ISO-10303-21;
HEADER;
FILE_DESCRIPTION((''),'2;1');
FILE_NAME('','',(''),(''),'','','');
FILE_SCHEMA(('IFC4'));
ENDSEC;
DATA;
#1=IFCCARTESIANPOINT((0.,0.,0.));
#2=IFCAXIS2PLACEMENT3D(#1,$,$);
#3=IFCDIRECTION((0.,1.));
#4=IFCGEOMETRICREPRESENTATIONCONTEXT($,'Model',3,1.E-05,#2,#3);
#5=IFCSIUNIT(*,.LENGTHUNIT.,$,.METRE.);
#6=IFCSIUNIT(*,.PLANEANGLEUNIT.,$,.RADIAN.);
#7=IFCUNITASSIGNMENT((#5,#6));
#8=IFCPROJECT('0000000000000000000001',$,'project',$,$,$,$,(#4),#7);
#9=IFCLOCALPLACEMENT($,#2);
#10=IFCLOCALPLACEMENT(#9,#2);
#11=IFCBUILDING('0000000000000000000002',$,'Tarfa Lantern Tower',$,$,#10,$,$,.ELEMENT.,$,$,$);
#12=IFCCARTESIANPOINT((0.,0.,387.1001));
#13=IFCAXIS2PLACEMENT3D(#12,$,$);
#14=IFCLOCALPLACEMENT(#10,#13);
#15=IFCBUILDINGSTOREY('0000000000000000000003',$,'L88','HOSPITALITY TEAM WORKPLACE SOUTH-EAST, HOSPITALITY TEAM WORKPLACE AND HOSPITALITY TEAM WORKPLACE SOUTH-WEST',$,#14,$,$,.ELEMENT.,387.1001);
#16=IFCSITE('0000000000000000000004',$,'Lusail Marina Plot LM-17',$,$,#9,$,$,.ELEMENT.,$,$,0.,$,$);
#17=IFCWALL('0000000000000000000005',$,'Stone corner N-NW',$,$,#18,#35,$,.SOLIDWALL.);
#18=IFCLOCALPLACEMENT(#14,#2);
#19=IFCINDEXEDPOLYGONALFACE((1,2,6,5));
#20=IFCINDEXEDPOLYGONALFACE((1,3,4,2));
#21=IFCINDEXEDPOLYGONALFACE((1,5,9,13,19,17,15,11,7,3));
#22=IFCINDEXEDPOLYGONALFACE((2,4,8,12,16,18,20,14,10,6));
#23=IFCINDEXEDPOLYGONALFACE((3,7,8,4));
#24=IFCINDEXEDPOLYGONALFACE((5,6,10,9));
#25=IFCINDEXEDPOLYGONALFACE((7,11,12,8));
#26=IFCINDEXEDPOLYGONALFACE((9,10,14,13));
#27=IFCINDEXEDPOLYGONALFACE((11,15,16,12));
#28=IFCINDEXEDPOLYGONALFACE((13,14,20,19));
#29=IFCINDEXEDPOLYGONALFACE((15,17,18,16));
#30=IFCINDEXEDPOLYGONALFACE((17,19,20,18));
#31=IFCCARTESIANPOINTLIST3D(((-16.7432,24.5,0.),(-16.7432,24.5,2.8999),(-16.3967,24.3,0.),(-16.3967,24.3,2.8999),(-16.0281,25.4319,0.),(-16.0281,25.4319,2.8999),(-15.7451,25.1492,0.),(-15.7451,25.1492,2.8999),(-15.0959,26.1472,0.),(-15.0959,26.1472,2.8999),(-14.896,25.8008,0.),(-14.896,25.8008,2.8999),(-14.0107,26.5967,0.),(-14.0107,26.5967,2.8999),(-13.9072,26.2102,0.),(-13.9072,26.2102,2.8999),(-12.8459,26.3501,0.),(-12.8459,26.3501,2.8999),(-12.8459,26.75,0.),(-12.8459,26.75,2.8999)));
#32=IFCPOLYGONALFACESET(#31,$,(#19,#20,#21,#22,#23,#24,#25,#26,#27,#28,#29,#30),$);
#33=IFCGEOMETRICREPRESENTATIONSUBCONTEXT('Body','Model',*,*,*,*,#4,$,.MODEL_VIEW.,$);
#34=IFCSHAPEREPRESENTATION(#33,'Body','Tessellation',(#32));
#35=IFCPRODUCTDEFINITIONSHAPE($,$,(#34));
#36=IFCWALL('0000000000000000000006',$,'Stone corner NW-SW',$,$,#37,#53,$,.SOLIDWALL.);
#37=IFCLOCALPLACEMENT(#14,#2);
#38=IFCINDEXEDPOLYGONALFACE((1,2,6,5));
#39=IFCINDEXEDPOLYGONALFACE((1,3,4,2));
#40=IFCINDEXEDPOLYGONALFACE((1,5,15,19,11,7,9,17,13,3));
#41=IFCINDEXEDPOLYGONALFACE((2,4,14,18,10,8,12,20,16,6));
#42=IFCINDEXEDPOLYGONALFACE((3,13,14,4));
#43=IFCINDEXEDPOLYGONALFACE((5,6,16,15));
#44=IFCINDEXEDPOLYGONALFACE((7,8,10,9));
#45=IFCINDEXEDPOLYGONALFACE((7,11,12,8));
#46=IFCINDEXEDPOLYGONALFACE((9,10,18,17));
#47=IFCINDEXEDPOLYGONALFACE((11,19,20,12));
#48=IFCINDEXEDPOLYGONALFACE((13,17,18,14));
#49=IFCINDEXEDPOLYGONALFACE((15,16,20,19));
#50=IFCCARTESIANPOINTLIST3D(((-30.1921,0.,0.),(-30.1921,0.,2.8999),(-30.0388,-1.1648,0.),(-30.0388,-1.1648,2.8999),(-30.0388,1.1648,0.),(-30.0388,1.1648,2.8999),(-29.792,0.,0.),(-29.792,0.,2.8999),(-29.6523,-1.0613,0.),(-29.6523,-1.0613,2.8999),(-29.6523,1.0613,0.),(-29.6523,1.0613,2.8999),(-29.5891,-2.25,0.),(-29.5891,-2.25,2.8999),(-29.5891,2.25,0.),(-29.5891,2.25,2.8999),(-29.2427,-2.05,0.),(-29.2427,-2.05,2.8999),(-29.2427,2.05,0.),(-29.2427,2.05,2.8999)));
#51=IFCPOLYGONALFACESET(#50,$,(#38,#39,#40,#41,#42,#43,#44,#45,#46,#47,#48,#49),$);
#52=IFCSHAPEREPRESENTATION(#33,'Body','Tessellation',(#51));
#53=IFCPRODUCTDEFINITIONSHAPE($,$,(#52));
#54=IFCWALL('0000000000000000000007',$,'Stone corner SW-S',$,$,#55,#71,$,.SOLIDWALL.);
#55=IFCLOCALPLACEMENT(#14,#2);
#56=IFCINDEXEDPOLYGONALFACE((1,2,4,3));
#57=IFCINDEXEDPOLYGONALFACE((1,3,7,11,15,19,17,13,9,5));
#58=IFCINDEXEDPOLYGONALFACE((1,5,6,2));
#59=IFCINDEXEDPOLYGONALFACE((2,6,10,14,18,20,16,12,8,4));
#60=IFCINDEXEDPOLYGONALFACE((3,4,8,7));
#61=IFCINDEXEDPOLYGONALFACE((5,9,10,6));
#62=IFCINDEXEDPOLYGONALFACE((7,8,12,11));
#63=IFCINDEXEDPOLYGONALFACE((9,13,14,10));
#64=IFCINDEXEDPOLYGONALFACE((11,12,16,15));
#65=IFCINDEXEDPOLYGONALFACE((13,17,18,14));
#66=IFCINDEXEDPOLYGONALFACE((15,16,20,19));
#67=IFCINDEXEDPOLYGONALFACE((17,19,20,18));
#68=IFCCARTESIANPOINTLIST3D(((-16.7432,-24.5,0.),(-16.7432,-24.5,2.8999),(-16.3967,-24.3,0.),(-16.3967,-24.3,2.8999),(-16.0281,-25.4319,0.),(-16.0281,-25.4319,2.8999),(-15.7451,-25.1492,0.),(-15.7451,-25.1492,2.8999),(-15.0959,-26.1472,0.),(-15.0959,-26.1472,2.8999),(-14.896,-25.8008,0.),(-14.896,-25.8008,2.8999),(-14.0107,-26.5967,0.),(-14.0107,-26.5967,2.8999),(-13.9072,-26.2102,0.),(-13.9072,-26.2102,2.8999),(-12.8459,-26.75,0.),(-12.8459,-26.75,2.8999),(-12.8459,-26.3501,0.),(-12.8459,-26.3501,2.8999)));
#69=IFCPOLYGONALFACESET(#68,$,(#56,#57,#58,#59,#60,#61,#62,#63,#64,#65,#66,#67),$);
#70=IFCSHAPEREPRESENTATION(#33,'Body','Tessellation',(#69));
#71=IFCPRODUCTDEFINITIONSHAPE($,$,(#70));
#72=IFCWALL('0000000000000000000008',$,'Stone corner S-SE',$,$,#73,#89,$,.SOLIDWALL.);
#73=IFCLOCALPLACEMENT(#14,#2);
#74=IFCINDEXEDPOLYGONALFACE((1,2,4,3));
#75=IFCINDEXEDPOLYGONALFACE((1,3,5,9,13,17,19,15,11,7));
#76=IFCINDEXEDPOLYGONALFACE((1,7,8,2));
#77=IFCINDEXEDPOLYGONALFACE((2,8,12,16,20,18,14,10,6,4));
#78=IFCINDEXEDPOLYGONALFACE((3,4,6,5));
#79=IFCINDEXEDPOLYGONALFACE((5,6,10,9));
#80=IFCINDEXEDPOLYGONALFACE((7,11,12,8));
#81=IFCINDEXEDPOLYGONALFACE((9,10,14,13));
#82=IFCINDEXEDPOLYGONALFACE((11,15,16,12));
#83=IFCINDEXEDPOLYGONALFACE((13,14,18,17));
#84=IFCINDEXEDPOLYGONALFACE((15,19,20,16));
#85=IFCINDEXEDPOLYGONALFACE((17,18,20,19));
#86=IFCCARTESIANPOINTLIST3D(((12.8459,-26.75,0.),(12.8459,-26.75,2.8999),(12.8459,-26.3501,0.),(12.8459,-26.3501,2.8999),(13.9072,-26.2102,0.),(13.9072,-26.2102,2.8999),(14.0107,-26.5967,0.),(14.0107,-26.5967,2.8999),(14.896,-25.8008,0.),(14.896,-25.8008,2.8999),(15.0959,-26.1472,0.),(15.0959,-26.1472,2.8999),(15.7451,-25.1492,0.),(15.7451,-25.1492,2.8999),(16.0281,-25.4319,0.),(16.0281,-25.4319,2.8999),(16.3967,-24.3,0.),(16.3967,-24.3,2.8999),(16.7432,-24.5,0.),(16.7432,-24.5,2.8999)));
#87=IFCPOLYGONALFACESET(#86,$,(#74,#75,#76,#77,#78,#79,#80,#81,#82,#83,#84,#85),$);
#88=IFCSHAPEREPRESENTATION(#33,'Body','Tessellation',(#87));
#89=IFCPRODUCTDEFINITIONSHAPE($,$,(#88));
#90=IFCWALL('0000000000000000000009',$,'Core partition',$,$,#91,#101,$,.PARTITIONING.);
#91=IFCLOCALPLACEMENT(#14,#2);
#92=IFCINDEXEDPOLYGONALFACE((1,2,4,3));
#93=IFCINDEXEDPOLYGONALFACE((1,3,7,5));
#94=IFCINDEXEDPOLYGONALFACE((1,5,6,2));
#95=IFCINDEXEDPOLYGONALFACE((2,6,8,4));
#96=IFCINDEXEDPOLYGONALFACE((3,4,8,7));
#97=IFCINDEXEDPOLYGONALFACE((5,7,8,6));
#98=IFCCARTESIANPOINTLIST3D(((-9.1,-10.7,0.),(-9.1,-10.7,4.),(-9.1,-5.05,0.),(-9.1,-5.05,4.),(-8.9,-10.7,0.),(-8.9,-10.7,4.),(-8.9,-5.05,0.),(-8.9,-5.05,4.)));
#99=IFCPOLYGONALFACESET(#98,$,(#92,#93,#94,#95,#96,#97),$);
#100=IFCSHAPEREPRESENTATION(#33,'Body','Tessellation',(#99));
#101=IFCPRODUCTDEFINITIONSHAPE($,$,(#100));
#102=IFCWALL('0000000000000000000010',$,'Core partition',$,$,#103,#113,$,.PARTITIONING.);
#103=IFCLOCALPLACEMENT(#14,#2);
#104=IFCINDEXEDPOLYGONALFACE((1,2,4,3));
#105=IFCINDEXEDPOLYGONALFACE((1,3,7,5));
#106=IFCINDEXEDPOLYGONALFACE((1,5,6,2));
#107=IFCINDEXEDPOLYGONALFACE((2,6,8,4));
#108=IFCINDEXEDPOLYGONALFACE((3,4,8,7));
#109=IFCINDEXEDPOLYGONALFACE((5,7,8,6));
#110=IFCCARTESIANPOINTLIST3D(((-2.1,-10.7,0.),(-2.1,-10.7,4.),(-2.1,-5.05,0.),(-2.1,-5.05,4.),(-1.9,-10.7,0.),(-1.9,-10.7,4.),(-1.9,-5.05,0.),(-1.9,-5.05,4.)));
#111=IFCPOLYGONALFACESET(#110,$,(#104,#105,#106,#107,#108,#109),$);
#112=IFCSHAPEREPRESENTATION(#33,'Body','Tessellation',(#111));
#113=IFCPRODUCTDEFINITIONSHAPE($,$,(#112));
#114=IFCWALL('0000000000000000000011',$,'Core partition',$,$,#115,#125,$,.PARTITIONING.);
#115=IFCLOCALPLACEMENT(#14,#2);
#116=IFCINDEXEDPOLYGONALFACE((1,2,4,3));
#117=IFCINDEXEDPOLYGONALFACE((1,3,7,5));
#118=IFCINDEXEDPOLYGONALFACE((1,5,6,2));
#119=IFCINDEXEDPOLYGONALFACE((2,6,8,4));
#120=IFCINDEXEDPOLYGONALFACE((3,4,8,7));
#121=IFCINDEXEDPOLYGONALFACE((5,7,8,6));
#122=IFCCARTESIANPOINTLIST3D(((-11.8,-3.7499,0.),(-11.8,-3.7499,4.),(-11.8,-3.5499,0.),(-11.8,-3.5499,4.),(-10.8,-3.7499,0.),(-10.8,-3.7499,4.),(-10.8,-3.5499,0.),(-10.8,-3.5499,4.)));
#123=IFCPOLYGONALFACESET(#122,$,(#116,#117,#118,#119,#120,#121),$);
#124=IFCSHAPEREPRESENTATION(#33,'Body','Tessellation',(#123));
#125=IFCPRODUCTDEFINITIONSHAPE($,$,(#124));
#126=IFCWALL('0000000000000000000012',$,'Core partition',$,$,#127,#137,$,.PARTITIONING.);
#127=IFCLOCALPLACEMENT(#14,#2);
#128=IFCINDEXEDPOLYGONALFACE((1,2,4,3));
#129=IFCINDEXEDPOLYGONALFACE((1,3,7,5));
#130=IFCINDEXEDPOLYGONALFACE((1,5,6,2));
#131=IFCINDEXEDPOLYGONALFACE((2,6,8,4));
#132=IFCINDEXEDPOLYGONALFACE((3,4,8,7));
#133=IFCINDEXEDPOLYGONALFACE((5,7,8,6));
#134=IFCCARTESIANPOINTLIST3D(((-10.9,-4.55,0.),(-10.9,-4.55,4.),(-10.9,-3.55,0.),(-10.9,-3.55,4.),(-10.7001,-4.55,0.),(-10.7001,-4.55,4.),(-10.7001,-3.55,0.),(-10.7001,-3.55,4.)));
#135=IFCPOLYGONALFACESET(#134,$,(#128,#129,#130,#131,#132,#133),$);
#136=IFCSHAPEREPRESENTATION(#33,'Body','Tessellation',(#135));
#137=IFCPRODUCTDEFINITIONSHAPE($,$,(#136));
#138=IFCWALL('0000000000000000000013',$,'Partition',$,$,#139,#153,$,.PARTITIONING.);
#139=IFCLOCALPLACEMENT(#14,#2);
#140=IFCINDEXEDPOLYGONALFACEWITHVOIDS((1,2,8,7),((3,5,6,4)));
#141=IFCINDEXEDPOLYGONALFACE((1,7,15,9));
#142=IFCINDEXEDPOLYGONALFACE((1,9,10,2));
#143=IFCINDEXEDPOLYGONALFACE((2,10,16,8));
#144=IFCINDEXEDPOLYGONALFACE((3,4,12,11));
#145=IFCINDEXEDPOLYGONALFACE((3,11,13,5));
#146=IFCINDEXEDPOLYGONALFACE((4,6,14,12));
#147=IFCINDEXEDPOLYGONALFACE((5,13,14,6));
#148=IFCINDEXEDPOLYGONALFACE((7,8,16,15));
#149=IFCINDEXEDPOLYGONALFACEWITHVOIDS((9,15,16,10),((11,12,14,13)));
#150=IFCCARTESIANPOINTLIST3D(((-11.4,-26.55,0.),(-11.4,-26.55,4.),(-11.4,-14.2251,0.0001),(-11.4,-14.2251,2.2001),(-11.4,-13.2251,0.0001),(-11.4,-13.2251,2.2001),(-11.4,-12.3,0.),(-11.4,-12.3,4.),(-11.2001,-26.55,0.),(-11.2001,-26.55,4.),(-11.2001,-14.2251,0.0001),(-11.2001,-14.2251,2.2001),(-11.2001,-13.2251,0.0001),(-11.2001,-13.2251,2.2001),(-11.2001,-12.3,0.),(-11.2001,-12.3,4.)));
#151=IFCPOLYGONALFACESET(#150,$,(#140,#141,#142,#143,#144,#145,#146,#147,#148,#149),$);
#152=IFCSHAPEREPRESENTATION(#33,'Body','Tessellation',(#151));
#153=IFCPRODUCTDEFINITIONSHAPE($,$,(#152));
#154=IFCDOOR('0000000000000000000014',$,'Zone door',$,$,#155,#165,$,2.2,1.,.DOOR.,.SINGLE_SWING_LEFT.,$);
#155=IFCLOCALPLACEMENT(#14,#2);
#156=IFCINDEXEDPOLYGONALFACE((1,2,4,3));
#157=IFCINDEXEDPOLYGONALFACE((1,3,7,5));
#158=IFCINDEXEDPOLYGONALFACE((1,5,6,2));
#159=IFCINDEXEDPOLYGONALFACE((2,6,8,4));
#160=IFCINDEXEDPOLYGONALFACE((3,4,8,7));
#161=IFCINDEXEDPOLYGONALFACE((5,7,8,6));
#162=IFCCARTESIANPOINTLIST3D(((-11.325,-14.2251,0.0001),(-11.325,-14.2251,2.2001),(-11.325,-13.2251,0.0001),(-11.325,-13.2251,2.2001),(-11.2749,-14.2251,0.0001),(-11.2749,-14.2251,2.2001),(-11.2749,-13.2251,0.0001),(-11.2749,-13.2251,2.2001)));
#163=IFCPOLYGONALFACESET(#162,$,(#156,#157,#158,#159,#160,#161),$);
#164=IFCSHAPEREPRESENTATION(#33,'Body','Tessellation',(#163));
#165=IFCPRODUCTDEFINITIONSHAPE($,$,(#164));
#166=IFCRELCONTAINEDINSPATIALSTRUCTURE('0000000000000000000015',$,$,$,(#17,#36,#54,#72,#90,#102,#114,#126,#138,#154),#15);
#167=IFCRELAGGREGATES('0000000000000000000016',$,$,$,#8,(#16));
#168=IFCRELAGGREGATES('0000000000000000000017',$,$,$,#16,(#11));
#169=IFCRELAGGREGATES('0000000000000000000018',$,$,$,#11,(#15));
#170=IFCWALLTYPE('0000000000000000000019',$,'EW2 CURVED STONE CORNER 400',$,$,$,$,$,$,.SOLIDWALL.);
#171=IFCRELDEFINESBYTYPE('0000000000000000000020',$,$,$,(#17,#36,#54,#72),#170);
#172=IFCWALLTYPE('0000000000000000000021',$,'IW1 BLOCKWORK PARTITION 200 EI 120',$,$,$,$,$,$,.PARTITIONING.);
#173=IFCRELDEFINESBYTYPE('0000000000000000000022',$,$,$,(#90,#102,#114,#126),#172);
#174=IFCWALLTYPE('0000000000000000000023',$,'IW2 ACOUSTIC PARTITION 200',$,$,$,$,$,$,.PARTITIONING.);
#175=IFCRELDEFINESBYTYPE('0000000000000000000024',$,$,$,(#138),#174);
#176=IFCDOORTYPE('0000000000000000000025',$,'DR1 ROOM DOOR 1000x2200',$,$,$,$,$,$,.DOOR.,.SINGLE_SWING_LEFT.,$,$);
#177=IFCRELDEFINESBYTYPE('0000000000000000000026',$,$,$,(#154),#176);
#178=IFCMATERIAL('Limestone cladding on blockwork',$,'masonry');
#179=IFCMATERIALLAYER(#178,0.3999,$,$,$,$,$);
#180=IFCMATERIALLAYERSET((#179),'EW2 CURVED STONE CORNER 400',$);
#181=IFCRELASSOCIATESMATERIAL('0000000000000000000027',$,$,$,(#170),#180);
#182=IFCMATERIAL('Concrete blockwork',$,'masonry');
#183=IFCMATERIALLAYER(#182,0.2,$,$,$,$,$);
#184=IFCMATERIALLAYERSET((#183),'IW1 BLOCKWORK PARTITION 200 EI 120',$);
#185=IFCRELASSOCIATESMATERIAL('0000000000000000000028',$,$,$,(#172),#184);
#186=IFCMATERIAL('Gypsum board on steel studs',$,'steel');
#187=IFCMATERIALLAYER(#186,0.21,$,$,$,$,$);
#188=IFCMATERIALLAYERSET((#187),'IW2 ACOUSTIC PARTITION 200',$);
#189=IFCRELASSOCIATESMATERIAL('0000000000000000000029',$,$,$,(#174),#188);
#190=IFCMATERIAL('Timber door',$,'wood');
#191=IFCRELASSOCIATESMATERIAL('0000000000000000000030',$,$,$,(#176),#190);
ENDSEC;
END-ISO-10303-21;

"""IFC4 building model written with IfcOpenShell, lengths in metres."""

from ifc_helpers import new_model, si_unit, direction, frame, frame_2d, origin, place, context, subcontext, project, spatial, polyline, rectangle, outline, extrude, material, layer, layer_set, type_object, element, fill, save


model = new_model("IFC4")

# Units and contexts
model_context = context("Model", 3, precision=1e-05, world=origin(), true_north=direction((0.0, 1.0)))
body_context = subcontext(model_context, "Body", "Model", "MODEL_VIEW")
ifc_project = project(units=[si_unit("LENGTHUNIT", "METRE"), si_unit("PLANEANGLEUNIT", "RADIAN")], contexts=[model_context])

# Site, building, storey
site_placement = place(None, origin())
site = spatial("IfcSite", under=ifc_project, at=site_placement, Name="Lusail Marina Plot LM-17", CompositionType="ELEMENT", RefElevation=0.0)
building_placement = place(site_placement, origin())
building = spatial("IfcBuilding", under=site, at=building_placement, Name="Tarfa Lantern Tower", CompositionType="ELEMENT")
storey_placement = place(building_placement, frame((0.0, 0.0, 387.1001)))
storey = spatial("IfcBuildingStorey", under=building, at=storey_placement, Name="L88", Description="HOSPITALITY TEAM WORKPLACE SOUTH-EAST, HOSPITALITY TEAM WORKPLACE AND HOSPITALITY TEAM WORKPLACE SOUTH-WEST", CompositionType="ELEMENT", Elevation=387.1001)

# Walls
ifc_material_1 = material(Name="Limestone cladding on blockwork", Category="masonry")
ifc_layer_1 = layer(ifc_material_1, 0.3999)
ifc_layer_set_1 = layer_set([ifc_layer_1], Name="EW2 CURVED STONE CORNER 400")
wall_type_1 = type_object("IfcWallType", Name="EW2 CURVED STONE CORNER 400", PredefinedType="SOLIDWALL", material=ifc_layer_set_1)
wall_1_placement = place(storey_placement, origin())
element("IfcWall", 1, at=wall_1_placement, inside=storey, type_object=wall_type_1, Name="Stone corner N-NW", PredefinedType="SOLIDWALL", context=body_context, shape_type="SweptSolid", body=[
    extrude(outline(polyline([(-12.8459, 26.75), (-14.0107, 26.5967), (-15.0959, 26.1472), (-16.0281, 25.4319), (-16.7432, 24.5), (-16.3967, 24.3), (-15.7451, 25.1492), (-14.896, 25.8008), (-13.9072, 26.2102), (-12.8459, 26.3501), (-12.8459, 26.75)])), origin(), (0.0, 0.0, 1.0), 2.8999),
])
wall_2_placement = place(storey_placement, origin())
element("IfcWall", 2, at=wall_2_placement, inside=storey, type_object=wall_type_1, Name="Stone corner NW-SW", PredefinedType="SOLIDWALL", context=body_context, shape_type="SweptSolid", body=[
    extrude(outline(polyline([(-29.5891, 2.25), (-30.0388, 1.1648), (-30.1921, 0.0), (-30.0388, -1.1648), (-29.5891, -2.25), (-29.2427, -2.05), (-29.6523, -1.0613), (-29.792, 0.0), (-29.6523, 1.0613), (-29.2427, 2.05), (-29.5891, 2.25)])), origin(), (0.0, 0.0, 1.0), 2.8999),
])
wall_3_placement = place(storey_placement, origin())
element("IfcWall", 3, at=wall_3_placement, inside=storey, type_object=wall_type_1, Name="Stone corner SW-S", PredefinedType="SOLIDWALL", context=body_context, shape_type="SweptSolid", body=[
    extrude(outline(polyline([(-16.7432, -24.5), (-16.0281, -25.4319), (-15.0959, -26.1472), (-14.0107, -26.5967), (-12.8459, -26.75), (-12.8459, -26.3501), (-13.9072, -26.2102), (-14.896, -25.8008), (-15.7451, -25.1492), (-16.3967, -24.3), (-16.7432, -24.5)])), origin(), (0.0, 0.0, 1.0), 2.8999),
])
wall_4_placement = place(storey_placement, origin())
element("IfcWall", 4, at=wall_4_placement, inside=storey, type_object=wall_type_1, Name="Stone corner S-SE", PredefinedType="SOLIDWALL", context=body_context, shape_type="SweptSolid", body=[
    extrude(outline(polyline([(12.8459, -26.75), (14.0107, -26.5967), (15.0959, -26.1472), (16.0281, -25.4319), (16.7432, -24.5), (16.3967, -24.3), (15.7451, -25.1492), (14.896, -25.8008), (13.9072, -26.2102), (12.8459, -26.3501), (12.8459, -26.75)])), origin(), (0.0, 0.0, 1.0), 2.8999),
])
ifc_material_2 = material(Name="Concrete blockwork", Category="masonry")
ifc_layer_2 = layer(ifc_material_2, 0.2)
ifc_layer_set_2 = layer_set([ifc_layer_2], Name="IW1 BLOCKWORK PARTITION 200 EI 120")
wall_type_2 = type_object("IfcWallType", Name="IW1 BLOCKWORK PARTITION 200 EI 120", PredefinedType="PARTITIONING", material=ifc_layer_set_2)
for number, where, z_axis, x_axis, name in (
    (5, (-9.0, -5.05, 0.0), (0.0, 0.0, 1.0), (0.0, -1.0, 0.0), "Core partition"),
    (6, (-2.0, -5.05, 0.0), (0.0, 0.0, 1.0), (0.0, -1.0, 0.0), "Core partition"),
):
    element("IfcWall", number, at=place(storey_placement, frame(where, z_axis=z_axis, x_axis=x_axis)), inside=storey, type_object=wall_type_2, Name=name, PredefinedType="PARTITIONING", context=body_context, shape_type="SweptSolid", body=[
        extrude(rectangle(XDim=5.6499, YDim=0.2, at=frame_2d((2.825, 0.0))), origin(), (0.0, 0.0, 1.0), 4.0),
    ])
for number, where, z_axis, x_axis, name in (
    (7, (-10.8, -3.6499, 0.0), (0.0, 0.0, 1.0), (-1.0, 0.0, 0.0), "Core partition"),
    (8, (-10.8, -3.55, 0.0), (0.0, 0.0, 1.0), (0.0, -1.0, 0.0), "Core partition"),
):
    element("IfcWall", number, at=place(storey_placement, frame(where, z_axis=z_axis, x_axis=x_axis)), inside=storey, type_object=wall_type_2, Name=name, PredefinedType="PARTITIONING", context=body_context, shape_type="SweptSolid", body=[
        extrude(rectangle(XDim=1.0, YDim=0.2, at=frame_2d((0.5, 0.0))), origin(), (0.0, 0.0, 1.0), 4.0),
    ])

# Wall, opening, door
ifc_material_3 = material(Name="Gypsum board on steel studs", Category="steel")
ifc_layer_3 = layer(ifc_material_3, 0.21)
ifc_layer_set_3 = layer_set([ifc_layer_3], Name="IW2 ACOUSTIC PARTITION 200")
wall_type_3 = type_object("IfcWallType", Name="IW2 ACOUSTIC PARTITION 200", PredefinedType="PARTITIONING", material=ifc_layer_set_3)
wall_5_placement = place(storey_placement, frame((-11.3, -12.3, 0.0), z_axis=(0.0, 0.0, 1.0), x_axis=(0.0, -1.0, 0.0)))
wall_5 = element("IfcWall", 9, at=wall_5_placement, inside=storey, type_object=wall_type_3, Name="Partition", PredefinedType="PARTITIONING", context=body_context, shape_type="SweptSolid", body=[
    extrude(rectangle(XDim=14.25, YDim=0.2, at=frame_2d((7.125, 0.0))), origin(), (0.0, 0.0, 1.0), 4.0),
])
opening_1_placement = place(wall_5_placement, frame((0.925, 0.0, 0.0)))
opening_1 = element("IfcOpeningElement", 10, at=opening_1_placement, cuts=wall_5, PredefinedType="OPENING", context=body_context, shape_type="SweptSolid", body=[
    extrude(rectangle(XDim=1.0, YDim=2.2, at=frame_2d((0.5, 1.1001))), frame((0.0, 0.1099, 0.0), z_axis=(0.0, -1.0, 0.0), x_axis=(1.0, 0.0, 0.0)), (0.0, 0.0, 1.0), 0.22),
])
ifc_material_4 = material(Name="Timber door", Category="wood")
door_type_1 = type_object("IfcDoorType", Name="DR1 ROOM DOOR 1000x2200", OperationType="SINGLE_SWING_LEFT", PredefinedType="DOOR", material=ifc_material_4)
door_1_placement = place(opening_1_placement, frame((1.0, 0.0, 0.0), z_axis=(0.0, 0.0, 1.0), x_axis=(-1.0, 0.0, 0.0)))
door_1 = element("IfcDoor", 11, at=door_1_placement, inside=storey, type_object=door_type_1, Name="Zone door", OperationType="SINGLE_SWING_LEFT", OverallHeight=2.2, OverallWidth=1.0, PredefinedType="DOOR", context=body_context, shape_type="SweptSolid", body=[
    extrude(rectangle(XDim=1.0, YDim=2.2, at=frame_2d((0.5, 1.1001))), frame((0.0, 0.0249, 0.0), z_axis=(0.0, -1.0, 0.0), x_axis=(1.0, 0.0, 0.0)), (0.0, 0.0, 1.0), 0.05),
])
fill(opening_1, door_1)

save(model, "model.ifc")
